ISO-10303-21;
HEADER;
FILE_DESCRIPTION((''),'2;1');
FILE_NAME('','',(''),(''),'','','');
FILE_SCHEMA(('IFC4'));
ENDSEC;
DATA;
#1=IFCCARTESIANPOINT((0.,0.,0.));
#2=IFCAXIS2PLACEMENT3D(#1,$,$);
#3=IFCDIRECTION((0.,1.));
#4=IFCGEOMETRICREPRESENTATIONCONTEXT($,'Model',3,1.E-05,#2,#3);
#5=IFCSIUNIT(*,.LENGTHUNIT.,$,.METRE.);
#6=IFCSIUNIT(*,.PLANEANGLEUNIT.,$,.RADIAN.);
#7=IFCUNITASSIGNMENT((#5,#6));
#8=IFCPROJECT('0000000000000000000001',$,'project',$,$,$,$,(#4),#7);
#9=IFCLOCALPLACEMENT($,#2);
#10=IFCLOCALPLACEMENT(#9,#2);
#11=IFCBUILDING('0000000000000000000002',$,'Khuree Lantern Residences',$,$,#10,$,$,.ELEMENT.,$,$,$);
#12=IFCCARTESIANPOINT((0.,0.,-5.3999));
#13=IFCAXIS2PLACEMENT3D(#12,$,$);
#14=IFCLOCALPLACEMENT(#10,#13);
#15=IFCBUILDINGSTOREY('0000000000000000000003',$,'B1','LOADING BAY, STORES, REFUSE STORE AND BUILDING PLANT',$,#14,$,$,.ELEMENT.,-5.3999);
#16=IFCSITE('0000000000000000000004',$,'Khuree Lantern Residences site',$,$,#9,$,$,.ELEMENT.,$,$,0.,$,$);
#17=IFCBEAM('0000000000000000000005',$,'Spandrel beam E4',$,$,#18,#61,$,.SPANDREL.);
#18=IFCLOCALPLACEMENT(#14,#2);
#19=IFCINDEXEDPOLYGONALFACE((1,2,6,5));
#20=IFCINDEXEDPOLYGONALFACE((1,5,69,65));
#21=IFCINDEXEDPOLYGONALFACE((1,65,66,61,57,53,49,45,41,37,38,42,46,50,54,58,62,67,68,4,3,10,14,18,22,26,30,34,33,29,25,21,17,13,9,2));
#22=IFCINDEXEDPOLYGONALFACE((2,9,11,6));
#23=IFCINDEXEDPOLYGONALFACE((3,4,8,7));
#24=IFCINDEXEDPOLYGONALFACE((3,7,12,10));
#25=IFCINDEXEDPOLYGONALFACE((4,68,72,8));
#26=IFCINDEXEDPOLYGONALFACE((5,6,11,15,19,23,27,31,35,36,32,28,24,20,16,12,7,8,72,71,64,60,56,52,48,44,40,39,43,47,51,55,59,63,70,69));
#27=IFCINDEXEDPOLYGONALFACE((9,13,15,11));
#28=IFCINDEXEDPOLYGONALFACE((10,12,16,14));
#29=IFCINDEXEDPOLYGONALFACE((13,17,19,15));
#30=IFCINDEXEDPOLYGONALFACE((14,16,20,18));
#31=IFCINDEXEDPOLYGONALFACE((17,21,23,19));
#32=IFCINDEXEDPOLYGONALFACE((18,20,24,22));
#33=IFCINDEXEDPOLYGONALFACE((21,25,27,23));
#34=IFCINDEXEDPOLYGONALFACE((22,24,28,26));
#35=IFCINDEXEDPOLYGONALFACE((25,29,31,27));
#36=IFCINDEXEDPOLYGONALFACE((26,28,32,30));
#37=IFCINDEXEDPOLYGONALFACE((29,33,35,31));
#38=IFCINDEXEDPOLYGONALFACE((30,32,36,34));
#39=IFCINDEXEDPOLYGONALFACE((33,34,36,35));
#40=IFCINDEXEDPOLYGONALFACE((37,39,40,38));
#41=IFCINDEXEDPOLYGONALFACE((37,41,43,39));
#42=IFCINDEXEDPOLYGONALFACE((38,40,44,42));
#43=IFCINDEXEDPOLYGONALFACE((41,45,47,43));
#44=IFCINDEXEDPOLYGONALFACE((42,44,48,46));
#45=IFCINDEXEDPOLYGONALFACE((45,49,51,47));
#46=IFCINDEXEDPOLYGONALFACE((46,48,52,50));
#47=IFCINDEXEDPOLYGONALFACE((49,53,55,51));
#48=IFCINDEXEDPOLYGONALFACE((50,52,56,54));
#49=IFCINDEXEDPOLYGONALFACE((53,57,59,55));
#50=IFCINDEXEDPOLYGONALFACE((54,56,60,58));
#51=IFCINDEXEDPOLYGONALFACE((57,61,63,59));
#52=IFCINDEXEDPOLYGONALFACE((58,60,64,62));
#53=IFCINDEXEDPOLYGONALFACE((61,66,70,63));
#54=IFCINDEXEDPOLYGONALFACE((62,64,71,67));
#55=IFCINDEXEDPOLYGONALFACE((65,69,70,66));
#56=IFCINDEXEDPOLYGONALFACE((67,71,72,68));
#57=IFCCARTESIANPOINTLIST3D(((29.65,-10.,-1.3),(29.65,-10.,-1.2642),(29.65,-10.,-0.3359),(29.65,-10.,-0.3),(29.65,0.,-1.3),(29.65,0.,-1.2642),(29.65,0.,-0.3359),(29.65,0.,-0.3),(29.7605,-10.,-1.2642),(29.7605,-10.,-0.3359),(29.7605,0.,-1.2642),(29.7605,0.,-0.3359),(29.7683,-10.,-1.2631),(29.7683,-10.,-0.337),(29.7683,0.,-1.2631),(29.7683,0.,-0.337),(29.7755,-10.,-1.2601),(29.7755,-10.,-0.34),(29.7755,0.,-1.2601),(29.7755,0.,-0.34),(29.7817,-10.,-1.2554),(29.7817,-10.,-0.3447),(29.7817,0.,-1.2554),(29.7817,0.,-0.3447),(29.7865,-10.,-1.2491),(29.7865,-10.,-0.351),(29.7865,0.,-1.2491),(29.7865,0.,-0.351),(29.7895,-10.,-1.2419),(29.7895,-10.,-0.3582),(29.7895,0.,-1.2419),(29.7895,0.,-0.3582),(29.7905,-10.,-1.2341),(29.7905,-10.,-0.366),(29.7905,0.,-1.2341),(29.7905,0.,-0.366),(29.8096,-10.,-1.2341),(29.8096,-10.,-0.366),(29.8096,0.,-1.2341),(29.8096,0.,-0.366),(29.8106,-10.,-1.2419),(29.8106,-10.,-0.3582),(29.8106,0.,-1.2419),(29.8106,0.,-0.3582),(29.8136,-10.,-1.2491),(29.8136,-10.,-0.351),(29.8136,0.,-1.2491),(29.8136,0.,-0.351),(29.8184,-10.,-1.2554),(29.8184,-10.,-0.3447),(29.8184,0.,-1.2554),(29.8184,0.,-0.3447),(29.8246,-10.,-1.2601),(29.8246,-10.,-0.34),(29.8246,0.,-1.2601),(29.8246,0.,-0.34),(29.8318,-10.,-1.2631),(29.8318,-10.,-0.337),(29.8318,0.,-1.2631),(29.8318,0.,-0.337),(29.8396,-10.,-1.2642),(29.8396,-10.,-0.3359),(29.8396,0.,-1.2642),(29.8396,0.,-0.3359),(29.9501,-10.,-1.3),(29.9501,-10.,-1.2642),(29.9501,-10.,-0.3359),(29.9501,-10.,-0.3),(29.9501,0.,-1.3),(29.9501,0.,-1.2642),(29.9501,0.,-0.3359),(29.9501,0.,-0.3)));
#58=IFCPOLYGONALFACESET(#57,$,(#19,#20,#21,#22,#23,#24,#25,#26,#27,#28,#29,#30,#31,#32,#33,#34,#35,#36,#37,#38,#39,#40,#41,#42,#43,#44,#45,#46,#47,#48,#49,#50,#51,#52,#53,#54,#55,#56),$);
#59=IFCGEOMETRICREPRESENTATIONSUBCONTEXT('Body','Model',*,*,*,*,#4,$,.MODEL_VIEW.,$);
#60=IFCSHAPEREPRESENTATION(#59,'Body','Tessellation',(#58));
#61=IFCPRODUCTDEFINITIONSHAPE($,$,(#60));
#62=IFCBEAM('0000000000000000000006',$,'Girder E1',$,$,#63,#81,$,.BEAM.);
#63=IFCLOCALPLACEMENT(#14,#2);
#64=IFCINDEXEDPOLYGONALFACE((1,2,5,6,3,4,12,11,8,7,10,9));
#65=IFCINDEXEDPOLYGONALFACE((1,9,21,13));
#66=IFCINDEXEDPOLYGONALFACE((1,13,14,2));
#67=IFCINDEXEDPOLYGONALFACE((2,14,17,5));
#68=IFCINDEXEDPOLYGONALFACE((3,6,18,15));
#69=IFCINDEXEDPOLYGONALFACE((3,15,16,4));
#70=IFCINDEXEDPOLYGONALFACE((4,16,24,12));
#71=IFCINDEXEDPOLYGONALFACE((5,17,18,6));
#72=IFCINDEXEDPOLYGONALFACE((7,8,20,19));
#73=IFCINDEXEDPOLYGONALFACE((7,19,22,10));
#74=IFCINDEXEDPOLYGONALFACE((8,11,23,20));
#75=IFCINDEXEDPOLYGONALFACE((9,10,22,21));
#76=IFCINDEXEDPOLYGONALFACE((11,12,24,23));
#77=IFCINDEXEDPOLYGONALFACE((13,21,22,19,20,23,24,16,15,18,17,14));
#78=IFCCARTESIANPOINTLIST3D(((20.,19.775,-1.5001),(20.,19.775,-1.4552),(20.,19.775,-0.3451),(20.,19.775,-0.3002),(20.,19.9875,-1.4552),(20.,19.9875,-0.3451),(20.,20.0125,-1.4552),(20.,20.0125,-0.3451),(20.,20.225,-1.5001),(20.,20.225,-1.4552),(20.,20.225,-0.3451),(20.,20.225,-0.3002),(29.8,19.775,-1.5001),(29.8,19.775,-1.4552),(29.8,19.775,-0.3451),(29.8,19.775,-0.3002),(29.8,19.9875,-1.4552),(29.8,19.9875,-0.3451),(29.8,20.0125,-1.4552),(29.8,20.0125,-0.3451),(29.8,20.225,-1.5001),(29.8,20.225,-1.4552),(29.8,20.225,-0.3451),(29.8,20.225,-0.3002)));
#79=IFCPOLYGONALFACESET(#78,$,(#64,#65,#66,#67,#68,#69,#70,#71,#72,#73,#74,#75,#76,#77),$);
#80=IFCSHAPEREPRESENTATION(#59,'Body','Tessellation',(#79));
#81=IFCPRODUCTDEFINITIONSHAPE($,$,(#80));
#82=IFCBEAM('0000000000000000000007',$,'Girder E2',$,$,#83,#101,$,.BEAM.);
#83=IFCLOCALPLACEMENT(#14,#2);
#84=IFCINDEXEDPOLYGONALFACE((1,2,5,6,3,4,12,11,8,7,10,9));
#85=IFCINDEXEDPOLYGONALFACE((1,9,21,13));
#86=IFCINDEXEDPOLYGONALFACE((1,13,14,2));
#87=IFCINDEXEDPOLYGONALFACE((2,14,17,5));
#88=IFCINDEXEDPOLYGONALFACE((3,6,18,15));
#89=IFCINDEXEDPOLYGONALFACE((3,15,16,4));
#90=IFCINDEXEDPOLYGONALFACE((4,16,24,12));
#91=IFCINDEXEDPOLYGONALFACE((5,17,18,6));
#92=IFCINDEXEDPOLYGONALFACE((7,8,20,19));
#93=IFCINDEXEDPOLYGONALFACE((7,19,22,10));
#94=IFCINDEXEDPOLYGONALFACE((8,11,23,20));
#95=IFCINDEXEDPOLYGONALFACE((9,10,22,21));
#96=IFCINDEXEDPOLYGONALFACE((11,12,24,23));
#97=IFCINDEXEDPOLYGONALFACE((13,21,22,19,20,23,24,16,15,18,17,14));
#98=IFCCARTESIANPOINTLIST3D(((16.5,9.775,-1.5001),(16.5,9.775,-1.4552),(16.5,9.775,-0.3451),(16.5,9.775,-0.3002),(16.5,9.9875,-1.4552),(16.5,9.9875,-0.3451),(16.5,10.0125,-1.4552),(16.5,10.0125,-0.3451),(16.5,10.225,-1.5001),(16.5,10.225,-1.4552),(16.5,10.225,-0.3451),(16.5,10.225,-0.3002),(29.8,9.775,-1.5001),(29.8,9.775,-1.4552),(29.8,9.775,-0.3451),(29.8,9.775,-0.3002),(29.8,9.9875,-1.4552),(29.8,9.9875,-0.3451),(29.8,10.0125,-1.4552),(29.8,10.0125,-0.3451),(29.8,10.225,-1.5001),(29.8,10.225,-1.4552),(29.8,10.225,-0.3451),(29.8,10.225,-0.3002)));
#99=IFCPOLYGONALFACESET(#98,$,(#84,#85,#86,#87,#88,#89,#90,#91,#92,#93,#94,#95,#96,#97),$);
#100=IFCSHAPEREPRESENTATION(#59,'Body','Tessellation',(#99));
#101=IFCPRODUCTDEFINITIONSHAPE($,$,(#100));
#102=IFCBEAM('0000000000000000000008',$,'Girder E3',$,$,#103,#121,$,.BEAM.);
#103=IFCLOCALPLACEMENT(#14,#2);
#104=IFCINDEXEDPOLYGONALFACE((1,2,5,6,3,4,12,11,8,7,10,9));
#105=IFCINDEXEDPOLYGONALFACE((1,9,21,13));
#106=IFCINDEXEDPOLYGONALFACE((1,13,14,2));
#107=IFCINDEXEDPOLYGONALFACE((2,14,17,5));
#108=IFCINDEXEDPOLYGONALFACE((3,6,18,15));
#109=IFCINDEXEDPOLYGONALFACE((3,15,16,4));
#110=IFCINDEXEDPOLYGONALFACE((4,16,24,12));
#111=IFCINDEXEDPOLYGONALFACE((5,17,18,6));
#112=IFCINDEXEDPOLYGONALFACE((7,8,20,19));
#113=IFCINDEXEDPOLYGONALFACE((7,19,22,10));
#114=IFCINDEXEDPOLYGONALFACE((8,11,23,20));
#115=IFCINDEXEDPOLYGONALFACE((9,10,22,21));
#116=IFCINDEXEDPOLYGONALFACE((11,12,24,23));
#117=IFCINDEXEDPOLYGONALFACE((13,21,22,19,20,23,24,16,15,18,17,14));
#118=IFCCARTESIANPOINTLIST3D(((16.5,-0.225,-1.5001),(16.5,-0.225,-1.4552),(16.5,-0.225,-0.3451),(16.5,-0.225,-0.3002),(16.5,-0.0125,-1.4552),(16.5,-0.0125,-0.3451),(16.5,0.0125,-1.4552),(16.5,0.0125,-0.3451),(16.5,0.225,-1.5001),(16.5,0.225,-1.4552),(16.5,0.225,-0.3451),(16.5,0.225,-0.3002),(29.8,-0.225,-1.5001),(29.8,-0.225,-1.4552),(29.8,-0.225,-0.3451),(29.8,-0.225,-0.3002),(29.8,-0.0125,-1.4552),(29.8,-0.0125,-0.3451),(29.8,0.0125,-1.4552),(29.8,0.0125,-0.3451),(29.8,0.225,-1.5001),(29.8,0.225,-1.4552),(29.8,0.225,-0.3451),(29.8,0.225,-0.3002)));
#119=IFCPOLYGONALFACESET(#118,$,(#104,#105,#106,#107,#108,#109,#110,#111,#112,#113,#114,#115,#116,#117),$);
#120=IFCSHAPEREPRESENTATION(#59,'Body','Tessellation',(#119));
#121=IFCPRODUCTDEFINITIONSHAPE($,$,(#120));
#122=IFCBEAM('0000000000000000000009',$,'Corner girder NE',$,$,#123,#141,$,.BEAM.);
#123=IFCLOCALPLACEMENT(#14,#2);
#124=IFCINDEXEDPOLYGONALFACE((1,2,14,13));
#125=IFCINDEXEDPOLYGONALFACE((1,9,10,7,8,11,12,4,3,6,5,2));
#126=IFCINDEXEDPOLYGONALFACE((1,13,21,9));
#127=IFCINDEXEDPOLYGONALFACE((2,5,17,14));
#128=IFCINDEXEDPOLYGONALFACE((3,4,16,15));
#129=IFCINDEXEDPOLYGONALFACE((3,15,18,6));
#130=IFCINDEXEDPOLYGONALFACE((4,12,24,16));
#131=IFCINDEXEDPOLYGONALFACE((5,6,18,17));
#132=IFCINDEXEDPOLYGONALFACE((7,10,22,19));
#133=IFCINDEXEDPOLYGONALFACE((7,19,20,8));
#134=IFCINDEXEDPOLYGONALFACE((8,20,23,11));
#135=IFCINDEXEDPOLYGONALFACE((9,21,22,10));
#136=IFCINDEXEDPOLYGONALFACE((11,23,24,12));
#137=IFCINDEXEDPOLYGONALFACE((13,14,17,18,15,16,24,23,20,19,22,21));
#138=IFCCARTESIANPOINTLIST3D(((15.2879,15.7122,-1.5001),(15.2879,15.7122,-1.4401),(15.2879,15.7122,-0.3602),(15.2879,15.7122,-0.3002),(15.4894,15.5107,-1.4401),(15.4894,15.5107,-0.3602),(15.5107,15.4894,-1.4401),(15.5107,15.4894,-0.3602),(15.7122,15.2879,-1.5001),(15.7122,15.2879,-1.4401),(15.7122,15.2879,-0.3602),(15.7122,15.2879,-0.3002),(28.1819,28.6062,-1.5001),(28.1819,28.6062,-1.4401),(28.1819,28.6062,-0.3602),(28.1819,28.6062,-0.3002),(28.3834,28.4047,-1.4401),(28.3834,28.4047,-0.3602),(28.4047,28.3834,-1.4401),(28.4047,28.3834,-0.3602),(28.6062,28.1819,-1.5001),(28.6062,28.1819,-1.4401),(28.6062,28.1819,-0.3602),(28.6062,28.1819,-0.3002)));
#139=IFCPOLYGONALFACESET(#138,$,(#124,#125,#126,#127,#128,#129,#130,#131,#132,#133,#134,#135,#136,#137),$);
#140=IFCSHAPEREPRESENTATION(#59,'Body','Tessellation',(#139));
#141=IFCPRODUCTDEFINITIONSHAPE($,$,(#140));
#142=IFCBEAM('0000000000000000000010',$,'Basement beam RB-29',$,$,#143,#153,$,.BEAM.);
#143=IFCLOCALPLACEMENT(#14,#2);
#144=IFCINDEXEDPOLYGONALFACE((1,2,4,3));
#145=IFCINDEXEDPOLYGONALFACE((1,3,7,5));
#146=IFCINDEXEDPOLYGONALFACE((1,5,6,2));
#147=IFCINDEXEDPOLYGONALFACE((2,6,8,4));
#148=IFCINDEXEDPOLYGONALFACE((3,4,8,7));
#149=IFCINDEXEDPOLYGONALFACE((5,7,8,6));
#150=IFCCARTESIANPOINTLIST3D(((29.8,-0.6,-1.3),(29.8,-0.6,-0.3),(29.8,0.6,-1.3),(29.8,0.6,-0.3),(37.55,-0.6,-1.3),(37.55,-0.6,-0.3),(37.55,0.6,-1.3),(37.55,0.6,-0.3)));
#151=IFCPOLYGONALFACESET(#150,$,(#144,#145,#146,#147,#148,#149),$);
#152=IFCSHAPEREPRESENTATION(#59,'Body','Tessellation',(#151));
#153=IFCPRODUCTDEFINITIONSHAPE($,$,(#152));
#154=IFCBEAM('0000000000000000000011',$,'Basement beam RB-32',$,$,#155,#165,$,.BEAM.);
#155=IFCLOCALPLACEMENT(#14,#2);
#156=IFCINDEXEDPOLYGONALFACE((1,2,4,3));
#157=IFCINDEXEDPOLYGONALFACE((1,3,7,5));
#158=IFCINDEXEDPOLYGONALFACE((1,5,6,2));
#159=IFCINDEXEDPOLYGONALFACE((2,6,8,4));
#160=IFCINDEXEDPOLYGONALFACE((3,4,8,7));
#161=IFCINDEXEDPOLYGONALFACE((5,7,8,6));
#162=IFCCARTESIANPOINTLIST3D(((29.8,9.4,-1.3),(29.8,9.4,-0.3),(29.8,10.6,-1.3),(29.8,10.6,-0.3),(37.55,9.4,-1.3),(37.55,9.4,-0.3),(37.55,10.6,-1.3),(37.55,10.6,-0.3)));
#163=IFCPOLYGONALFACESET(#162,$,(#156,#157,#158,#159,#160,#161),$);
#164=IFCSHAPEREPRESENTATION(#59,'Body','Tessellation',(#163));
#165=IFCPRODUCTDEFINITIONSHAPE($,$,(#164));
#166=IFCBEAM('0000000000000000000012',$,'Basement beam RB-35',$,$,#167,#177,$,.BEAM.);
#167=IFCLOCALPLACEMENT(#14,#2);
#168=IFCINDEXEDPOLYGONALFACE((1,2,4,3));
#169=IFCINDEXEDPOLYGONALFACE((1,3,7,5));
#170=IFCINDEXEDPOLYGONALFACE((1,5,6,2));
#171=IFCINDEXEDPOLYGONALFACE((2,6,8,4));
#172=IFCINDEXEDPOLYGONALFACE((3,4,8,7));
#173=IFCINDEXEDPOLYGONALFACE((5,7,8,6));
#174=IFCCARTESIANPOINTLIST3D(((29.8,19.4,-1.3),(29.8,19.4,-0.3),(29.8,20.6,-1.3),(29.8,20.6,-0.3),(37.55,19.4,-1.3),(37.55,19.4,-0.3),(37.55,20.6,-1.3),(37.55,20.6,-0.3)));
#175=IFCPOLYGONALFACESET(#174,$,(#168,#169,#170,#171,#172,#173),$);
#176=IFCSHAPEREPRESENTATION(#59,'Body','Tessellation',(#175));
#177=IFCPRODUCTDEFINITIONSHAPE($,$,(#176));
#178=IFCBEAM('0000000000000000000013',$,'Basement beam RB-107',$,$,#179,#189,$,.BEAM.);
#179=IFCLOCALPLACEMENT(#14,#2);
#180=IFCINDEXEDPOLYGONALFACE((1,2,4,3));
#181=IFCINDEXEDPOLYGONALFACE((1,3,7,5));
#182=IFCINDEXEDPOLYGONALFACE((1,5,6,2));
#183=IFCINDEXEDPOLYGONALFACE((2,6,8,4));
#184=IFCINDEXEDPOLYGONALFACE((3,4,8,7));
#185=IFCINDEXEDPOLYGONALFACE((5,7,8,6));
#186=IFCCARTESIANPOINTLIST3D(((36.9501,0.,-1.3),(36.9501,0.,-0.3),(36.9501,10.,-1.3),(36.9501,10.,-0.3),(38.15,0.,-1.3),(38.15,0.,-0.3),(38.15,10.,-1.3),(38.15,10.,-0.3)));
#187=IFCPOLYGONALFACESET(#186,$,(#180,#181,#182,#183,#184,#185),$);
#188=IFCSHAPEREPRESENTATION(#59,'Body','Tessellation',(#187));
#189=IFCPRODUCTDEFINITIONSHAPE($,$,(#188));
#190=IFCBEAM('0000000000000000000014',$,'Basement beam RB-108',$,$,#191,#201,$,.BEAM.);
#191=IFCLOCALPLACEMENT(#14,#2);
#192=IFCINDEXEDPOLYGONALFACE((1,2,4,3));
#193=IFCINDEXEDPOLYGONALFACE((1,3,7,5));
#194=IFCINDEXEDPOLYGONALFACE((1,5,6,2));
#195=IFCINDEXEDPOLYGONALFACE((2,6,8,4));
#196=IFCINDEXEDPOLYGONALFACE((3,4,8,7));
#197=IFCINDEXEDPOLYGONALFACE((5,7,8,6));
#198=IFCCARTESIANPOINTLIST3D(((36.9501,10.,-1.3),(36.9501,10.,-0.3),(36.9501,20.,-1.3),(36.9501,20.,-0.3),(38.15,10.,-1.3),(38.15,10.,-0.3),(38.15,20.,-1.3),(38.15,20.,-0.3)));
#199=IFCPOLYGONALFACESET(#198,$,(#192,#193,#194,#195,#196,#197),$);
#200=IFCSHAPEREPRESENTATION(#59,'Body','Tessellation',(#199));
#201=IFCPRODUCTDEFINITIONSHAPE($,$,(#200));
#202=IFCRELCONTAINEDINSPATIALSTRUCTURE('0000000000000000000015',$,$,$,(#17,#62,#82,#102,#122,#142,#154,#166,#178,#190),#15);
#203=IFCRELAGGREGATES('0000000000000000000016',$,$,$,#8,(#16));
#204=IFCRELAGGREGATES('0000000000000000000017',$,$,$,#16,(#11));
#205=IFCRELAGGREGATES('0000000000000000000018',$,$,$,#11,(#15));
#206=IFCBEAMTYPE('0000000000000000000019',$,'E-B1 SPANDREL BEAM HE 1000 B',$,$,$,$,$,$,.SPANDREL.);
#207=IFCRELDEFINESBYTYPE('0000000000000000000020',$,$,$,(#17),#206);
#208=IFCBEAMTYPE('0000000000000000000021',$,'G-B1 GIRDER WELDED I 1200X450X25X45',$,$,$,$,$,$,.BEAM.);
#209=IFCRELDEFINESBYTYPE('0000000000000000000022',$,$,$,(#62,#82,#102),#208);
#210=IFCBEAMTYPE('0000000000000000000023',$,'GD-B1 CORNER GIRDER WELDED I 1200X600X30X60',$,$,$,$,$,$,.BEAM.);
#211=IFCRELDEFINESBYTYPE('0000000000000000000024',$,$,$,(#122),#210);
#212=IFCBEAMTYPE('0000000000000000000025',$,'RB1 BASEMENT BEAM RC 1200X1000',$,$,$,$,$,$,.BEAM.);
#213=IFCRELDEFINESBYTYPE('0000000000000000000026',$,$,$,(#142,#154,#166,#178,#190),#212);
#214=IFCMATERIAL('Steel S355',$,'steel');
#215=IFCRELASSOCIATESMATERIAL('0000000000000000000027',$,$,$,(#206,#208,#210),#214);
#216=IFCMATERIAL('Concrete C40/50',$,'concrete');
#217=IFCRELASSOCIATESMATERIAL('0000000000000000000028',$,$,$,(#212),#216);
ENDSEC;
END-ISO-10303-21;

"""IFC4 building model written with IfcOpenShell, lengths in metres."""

from ifc_helpers import new_model, si_unit, direction, frame, origin, origin_2d, place, context, subcontext, project, spatial, rectangle, i_section, extrude, material, material_profile, profile_set, type_object, element, save


model = new_model("IFC4")

# Units and contexts
model_context = context("Model", 3, precision=1e-05, world=origin(), true_north=direction((0.0, 1.0)))
body_context = subcontext(model_context, "Body", "Model", "MODEL_VIEW")
ifc_project = project(units=[si_unit("LENGTHUNIT", "METRE"), si_unit("PLANEANGLEUNIT", "RADIAN")], contexts=[model_context])

# Site, building, storey
site_placement = place(None, origin())
site = spatial("IfcSite", under=ifc_project, at=site_placement, Name="Khuree Lantern Residences site", CompositionType="ELEMENT", RefElevation=0.0)
building_placement = place(site_placement, origin())
building = spatial("IfcBuilding", under=site, at=building_placement, Name="Khuree Lantern Residences", CompositionType="ELEMENT")
storey_placement = place(building_placement, frame((0.0, 0.0, -5.3999)))
storey = spatial("IfcBuildingStorey", under=building, at=storey_placement, Name="B1", Description="LOADING BAY, STORES, REFUSE STORE AND BUILDING PLANT", CompositionType="ELEMENT", Elevation=-5.3999)

# Beams
ifc_material_1 = material(Name="Steel S355", Category="steel")
ifc_material_profile_1 = material_profile(ifc_material_1, i_section(OverallWidth=0.3, OverallDepth=1.0, WebThickness=0.019, FlangeThickness=0.0359, FilletRadius=0.03, at=origin_2d()), Name="HE 1000 B")
ifc_profile_set_1 = profile_set([ifc_material_profile_1], Name="Steel S355")
beam_type_1 = type_object("IfcBeamType", Name="E-B1 SPANDREL BEAM HE 1000 B", PredefinedType="SPANDREL", material=ifc_profile_set_1)
for number, where, z_axis, x_axis, name in (
    (1, (29.8, 0.0, -0.8), (0.0, -1.0, 0.0), (1.0, 0.0, 0.0), "Spandrel beam E4"),
):
    element("IfcBeam", number, at=place(storey_placement, frame(where, z_axis=z_axis, x_axis=x_axis)), inside=storey, type_object=beam_type_1, Name=name, PredefinedType="SPANDREL", context=body_context, shape_type="SweptSolid", body=[
        extrude(i_section(OverallWidth=0.3, OverallDepth=1.0, WebThickness=0.019, FlangeThickness=0.0359, FilletRadius=0.03, at=origin_2d()), origin(), (0.0, 0.0, 1.0), 10.0),
    ])
ifc_material_profile_2 = material_profile(ifc_material_1, i_section(OverallWidth=0.45, OverallDepth=1.2, WebThickness=0.0249, FlangeThickness=0.0449, at=origin_2d()), Name="WELDED I 1200X450X25X45")
ifc_profile_set_2 = profile_set([ifc_material_profile_2], Name="Steel S355")
beam_type_2 = type_object("IfcBeamType", Name="G-B1 GIRDER WELDED I 1200X450X25X45", PredefinedType="BEAM", material=ifc_profile_set_2)
beam_1_placement = place(storey_placement, frame((29.8, 20.0, -0.9001), z_axis=(-1.0, 0.0, 0.0), x_axis=(0.0, -1.0, 0.0)))
element("IfcBeam", 2, at=beam_1_placement, inside=storey, type_object=beam_type_2, Name="Girder E1", PredefinedType="BEAM", context=body_context, shape_type="SweptSolid", body=[
    extrude(i_section(OverallWidth=0.45, OverallDepth=1.2, WebThickness=0.0249, FlangeThickness=0.0449, at=origin_2d()), origin(), (0.0, 0.0, 1.0), 9.8),
])
for number, where, z_axis, x_axis, name in (
    (3, (29.8, 10.0, -0.9001), (-1.0, 0.0, 0.0), (0.0, -1.0, 0.0), "Girder E2"),
    (4, (29.8, 0.0, -0.9001), (-1.0, 0.0, 0.0), (0.0, -1.0, 0.0), "Girder E3"),
):
    element("IfcBeam", number, at=place(storey_placement, frame(where, z_axis=z_axis, x_axis=x_axis)), inside=storey, type_object=beam_type_2, Name=name, PredefinedType="BEAM", context=body_context, shape_type="SweptSolid", body=[
        extrude(i_section(OverallWidth=0.45, OverallDepth=1.2, WebThickness=0.0249, FlangeThickness=0.0449, at=origin_2d()), origin(), (0.0, 0.0, 1.0), 13.3),
    ])
ifc_material_profile_3 = material_profile(ifc_material_1, i_section(OverallWidth=0.6001, OverallDepth=1.2, WebThickness=0.03, FlangeThickness=0.0601, at=origin_2d()), Name="WELDED I 1200X600X30X60")
ifc_profile_set_3 = profile_set([ifc_material_profile_3], Name="Steel S355")
beam_type_3 = type_object("IfcBeamType", Name="GD-B1 CORNER GIRDER WELDED I 1200X600X30X60", PredefinedType="BEAM", material=ifc_profile_set_3)
beam_2_placement = place(storey_placement, frame((28.394, 28.394, -0.9001), z_axis=(-0.707107, -0.707107, 0.0), x_axis=(0.707107, -0.707107, 0.0)))
element("IfcBeam", 5, at=beam_2_placement, inside=storey, type_object=beam_type_3, Name="Corner girder NE", PredefinedType="BEAM", context=body_context, shape_type="SweptSolid", body=[
    extrude(i_section(OverallWidth=0.6001, OverallDepth=1.2, WebThickness=0.03, FlangeThickness=0.0601, at=origin_2d()), origin(), (0.0, 0.0, 1.0), 18.2349),
])
ifc_material_2 = material(Name="Concrete C40/50", Category="concrete")
ifc_material_profile_4 = material_profile(ifc_material_2, rectangle(XDim=1.2, YDim=1.0, at=origin_2d()), Name="RC 1200X1000")
ifc_profile_set_4 = profile_set([ifc_material_profile_4], Name="Concrete C40/50")
beam_type_4 = type_object("IfcBeamType", Name="RB1 BASEMENT BEAM RC 1200X1000", PredefinedType="BEAM", material=ifc_profile_set_4)
for number, where, z_axis, x_axis, name in (
    (6, (29.8, 0.0, -0.8), (1.0, 0.0, 0.0), (0.0, 1.0, 0.0), "Basement beam RB-29"),
    (7, (29.8, 10.0, -0.8), (1.0, 0.0, 0.0), (0.0, 1.0, 0.0), "Basement beam RB-32"),
    (8, (29.8, 20.0, -0.8), (1.0, 0.0, 0.0), (0.0, 1.0, 0.0), "Basement beam RB-35"),
):
    element("IfcBeam", number, at=place(storey_placement, frame(where, z_axis=z_axis, x_axis=x_axis)), inside=storey, type_object=beam_type_4, Name=name, PredefinedType="BEAM", context=body_context, shape_type="SweptSolid", body=[
        extrude(rectangle(XDim=1.2, YDim=1.0, at=origin_2d()), origin(), (0.0, 0.0, 1.0), 7.75),
    ])
for number, where, z_axis, x_axis, name in (
    (9, (37.55, 0.0, -0.8), (0.0, 1.0, 0.0), (-1.0, 0.0, 0.0), "Basement beam RB-107"),
    (10, (37.55, 10.0, -0.8), (0.0, 1.0, 0.0), (-1.0, 0.0, 0.0), "Basement beam RB-108"),
):
    element("IfcBeam", number, at=place(storey_placement, frame(where, z_axis=z_axis, x_axis=x_axis)), inside=storey, type_object=beam_type_4, Name=name, PredefinedType="BEAM", context=body_context, shape_type="SweptSolid", body=[
        extrude(rectangle(XDim=1.2, YDim=1.0, at=origin_2d()), origin(), (0.0, 0.0, 1.0), 10.0),
    ])

save(model, "model.ifc")
